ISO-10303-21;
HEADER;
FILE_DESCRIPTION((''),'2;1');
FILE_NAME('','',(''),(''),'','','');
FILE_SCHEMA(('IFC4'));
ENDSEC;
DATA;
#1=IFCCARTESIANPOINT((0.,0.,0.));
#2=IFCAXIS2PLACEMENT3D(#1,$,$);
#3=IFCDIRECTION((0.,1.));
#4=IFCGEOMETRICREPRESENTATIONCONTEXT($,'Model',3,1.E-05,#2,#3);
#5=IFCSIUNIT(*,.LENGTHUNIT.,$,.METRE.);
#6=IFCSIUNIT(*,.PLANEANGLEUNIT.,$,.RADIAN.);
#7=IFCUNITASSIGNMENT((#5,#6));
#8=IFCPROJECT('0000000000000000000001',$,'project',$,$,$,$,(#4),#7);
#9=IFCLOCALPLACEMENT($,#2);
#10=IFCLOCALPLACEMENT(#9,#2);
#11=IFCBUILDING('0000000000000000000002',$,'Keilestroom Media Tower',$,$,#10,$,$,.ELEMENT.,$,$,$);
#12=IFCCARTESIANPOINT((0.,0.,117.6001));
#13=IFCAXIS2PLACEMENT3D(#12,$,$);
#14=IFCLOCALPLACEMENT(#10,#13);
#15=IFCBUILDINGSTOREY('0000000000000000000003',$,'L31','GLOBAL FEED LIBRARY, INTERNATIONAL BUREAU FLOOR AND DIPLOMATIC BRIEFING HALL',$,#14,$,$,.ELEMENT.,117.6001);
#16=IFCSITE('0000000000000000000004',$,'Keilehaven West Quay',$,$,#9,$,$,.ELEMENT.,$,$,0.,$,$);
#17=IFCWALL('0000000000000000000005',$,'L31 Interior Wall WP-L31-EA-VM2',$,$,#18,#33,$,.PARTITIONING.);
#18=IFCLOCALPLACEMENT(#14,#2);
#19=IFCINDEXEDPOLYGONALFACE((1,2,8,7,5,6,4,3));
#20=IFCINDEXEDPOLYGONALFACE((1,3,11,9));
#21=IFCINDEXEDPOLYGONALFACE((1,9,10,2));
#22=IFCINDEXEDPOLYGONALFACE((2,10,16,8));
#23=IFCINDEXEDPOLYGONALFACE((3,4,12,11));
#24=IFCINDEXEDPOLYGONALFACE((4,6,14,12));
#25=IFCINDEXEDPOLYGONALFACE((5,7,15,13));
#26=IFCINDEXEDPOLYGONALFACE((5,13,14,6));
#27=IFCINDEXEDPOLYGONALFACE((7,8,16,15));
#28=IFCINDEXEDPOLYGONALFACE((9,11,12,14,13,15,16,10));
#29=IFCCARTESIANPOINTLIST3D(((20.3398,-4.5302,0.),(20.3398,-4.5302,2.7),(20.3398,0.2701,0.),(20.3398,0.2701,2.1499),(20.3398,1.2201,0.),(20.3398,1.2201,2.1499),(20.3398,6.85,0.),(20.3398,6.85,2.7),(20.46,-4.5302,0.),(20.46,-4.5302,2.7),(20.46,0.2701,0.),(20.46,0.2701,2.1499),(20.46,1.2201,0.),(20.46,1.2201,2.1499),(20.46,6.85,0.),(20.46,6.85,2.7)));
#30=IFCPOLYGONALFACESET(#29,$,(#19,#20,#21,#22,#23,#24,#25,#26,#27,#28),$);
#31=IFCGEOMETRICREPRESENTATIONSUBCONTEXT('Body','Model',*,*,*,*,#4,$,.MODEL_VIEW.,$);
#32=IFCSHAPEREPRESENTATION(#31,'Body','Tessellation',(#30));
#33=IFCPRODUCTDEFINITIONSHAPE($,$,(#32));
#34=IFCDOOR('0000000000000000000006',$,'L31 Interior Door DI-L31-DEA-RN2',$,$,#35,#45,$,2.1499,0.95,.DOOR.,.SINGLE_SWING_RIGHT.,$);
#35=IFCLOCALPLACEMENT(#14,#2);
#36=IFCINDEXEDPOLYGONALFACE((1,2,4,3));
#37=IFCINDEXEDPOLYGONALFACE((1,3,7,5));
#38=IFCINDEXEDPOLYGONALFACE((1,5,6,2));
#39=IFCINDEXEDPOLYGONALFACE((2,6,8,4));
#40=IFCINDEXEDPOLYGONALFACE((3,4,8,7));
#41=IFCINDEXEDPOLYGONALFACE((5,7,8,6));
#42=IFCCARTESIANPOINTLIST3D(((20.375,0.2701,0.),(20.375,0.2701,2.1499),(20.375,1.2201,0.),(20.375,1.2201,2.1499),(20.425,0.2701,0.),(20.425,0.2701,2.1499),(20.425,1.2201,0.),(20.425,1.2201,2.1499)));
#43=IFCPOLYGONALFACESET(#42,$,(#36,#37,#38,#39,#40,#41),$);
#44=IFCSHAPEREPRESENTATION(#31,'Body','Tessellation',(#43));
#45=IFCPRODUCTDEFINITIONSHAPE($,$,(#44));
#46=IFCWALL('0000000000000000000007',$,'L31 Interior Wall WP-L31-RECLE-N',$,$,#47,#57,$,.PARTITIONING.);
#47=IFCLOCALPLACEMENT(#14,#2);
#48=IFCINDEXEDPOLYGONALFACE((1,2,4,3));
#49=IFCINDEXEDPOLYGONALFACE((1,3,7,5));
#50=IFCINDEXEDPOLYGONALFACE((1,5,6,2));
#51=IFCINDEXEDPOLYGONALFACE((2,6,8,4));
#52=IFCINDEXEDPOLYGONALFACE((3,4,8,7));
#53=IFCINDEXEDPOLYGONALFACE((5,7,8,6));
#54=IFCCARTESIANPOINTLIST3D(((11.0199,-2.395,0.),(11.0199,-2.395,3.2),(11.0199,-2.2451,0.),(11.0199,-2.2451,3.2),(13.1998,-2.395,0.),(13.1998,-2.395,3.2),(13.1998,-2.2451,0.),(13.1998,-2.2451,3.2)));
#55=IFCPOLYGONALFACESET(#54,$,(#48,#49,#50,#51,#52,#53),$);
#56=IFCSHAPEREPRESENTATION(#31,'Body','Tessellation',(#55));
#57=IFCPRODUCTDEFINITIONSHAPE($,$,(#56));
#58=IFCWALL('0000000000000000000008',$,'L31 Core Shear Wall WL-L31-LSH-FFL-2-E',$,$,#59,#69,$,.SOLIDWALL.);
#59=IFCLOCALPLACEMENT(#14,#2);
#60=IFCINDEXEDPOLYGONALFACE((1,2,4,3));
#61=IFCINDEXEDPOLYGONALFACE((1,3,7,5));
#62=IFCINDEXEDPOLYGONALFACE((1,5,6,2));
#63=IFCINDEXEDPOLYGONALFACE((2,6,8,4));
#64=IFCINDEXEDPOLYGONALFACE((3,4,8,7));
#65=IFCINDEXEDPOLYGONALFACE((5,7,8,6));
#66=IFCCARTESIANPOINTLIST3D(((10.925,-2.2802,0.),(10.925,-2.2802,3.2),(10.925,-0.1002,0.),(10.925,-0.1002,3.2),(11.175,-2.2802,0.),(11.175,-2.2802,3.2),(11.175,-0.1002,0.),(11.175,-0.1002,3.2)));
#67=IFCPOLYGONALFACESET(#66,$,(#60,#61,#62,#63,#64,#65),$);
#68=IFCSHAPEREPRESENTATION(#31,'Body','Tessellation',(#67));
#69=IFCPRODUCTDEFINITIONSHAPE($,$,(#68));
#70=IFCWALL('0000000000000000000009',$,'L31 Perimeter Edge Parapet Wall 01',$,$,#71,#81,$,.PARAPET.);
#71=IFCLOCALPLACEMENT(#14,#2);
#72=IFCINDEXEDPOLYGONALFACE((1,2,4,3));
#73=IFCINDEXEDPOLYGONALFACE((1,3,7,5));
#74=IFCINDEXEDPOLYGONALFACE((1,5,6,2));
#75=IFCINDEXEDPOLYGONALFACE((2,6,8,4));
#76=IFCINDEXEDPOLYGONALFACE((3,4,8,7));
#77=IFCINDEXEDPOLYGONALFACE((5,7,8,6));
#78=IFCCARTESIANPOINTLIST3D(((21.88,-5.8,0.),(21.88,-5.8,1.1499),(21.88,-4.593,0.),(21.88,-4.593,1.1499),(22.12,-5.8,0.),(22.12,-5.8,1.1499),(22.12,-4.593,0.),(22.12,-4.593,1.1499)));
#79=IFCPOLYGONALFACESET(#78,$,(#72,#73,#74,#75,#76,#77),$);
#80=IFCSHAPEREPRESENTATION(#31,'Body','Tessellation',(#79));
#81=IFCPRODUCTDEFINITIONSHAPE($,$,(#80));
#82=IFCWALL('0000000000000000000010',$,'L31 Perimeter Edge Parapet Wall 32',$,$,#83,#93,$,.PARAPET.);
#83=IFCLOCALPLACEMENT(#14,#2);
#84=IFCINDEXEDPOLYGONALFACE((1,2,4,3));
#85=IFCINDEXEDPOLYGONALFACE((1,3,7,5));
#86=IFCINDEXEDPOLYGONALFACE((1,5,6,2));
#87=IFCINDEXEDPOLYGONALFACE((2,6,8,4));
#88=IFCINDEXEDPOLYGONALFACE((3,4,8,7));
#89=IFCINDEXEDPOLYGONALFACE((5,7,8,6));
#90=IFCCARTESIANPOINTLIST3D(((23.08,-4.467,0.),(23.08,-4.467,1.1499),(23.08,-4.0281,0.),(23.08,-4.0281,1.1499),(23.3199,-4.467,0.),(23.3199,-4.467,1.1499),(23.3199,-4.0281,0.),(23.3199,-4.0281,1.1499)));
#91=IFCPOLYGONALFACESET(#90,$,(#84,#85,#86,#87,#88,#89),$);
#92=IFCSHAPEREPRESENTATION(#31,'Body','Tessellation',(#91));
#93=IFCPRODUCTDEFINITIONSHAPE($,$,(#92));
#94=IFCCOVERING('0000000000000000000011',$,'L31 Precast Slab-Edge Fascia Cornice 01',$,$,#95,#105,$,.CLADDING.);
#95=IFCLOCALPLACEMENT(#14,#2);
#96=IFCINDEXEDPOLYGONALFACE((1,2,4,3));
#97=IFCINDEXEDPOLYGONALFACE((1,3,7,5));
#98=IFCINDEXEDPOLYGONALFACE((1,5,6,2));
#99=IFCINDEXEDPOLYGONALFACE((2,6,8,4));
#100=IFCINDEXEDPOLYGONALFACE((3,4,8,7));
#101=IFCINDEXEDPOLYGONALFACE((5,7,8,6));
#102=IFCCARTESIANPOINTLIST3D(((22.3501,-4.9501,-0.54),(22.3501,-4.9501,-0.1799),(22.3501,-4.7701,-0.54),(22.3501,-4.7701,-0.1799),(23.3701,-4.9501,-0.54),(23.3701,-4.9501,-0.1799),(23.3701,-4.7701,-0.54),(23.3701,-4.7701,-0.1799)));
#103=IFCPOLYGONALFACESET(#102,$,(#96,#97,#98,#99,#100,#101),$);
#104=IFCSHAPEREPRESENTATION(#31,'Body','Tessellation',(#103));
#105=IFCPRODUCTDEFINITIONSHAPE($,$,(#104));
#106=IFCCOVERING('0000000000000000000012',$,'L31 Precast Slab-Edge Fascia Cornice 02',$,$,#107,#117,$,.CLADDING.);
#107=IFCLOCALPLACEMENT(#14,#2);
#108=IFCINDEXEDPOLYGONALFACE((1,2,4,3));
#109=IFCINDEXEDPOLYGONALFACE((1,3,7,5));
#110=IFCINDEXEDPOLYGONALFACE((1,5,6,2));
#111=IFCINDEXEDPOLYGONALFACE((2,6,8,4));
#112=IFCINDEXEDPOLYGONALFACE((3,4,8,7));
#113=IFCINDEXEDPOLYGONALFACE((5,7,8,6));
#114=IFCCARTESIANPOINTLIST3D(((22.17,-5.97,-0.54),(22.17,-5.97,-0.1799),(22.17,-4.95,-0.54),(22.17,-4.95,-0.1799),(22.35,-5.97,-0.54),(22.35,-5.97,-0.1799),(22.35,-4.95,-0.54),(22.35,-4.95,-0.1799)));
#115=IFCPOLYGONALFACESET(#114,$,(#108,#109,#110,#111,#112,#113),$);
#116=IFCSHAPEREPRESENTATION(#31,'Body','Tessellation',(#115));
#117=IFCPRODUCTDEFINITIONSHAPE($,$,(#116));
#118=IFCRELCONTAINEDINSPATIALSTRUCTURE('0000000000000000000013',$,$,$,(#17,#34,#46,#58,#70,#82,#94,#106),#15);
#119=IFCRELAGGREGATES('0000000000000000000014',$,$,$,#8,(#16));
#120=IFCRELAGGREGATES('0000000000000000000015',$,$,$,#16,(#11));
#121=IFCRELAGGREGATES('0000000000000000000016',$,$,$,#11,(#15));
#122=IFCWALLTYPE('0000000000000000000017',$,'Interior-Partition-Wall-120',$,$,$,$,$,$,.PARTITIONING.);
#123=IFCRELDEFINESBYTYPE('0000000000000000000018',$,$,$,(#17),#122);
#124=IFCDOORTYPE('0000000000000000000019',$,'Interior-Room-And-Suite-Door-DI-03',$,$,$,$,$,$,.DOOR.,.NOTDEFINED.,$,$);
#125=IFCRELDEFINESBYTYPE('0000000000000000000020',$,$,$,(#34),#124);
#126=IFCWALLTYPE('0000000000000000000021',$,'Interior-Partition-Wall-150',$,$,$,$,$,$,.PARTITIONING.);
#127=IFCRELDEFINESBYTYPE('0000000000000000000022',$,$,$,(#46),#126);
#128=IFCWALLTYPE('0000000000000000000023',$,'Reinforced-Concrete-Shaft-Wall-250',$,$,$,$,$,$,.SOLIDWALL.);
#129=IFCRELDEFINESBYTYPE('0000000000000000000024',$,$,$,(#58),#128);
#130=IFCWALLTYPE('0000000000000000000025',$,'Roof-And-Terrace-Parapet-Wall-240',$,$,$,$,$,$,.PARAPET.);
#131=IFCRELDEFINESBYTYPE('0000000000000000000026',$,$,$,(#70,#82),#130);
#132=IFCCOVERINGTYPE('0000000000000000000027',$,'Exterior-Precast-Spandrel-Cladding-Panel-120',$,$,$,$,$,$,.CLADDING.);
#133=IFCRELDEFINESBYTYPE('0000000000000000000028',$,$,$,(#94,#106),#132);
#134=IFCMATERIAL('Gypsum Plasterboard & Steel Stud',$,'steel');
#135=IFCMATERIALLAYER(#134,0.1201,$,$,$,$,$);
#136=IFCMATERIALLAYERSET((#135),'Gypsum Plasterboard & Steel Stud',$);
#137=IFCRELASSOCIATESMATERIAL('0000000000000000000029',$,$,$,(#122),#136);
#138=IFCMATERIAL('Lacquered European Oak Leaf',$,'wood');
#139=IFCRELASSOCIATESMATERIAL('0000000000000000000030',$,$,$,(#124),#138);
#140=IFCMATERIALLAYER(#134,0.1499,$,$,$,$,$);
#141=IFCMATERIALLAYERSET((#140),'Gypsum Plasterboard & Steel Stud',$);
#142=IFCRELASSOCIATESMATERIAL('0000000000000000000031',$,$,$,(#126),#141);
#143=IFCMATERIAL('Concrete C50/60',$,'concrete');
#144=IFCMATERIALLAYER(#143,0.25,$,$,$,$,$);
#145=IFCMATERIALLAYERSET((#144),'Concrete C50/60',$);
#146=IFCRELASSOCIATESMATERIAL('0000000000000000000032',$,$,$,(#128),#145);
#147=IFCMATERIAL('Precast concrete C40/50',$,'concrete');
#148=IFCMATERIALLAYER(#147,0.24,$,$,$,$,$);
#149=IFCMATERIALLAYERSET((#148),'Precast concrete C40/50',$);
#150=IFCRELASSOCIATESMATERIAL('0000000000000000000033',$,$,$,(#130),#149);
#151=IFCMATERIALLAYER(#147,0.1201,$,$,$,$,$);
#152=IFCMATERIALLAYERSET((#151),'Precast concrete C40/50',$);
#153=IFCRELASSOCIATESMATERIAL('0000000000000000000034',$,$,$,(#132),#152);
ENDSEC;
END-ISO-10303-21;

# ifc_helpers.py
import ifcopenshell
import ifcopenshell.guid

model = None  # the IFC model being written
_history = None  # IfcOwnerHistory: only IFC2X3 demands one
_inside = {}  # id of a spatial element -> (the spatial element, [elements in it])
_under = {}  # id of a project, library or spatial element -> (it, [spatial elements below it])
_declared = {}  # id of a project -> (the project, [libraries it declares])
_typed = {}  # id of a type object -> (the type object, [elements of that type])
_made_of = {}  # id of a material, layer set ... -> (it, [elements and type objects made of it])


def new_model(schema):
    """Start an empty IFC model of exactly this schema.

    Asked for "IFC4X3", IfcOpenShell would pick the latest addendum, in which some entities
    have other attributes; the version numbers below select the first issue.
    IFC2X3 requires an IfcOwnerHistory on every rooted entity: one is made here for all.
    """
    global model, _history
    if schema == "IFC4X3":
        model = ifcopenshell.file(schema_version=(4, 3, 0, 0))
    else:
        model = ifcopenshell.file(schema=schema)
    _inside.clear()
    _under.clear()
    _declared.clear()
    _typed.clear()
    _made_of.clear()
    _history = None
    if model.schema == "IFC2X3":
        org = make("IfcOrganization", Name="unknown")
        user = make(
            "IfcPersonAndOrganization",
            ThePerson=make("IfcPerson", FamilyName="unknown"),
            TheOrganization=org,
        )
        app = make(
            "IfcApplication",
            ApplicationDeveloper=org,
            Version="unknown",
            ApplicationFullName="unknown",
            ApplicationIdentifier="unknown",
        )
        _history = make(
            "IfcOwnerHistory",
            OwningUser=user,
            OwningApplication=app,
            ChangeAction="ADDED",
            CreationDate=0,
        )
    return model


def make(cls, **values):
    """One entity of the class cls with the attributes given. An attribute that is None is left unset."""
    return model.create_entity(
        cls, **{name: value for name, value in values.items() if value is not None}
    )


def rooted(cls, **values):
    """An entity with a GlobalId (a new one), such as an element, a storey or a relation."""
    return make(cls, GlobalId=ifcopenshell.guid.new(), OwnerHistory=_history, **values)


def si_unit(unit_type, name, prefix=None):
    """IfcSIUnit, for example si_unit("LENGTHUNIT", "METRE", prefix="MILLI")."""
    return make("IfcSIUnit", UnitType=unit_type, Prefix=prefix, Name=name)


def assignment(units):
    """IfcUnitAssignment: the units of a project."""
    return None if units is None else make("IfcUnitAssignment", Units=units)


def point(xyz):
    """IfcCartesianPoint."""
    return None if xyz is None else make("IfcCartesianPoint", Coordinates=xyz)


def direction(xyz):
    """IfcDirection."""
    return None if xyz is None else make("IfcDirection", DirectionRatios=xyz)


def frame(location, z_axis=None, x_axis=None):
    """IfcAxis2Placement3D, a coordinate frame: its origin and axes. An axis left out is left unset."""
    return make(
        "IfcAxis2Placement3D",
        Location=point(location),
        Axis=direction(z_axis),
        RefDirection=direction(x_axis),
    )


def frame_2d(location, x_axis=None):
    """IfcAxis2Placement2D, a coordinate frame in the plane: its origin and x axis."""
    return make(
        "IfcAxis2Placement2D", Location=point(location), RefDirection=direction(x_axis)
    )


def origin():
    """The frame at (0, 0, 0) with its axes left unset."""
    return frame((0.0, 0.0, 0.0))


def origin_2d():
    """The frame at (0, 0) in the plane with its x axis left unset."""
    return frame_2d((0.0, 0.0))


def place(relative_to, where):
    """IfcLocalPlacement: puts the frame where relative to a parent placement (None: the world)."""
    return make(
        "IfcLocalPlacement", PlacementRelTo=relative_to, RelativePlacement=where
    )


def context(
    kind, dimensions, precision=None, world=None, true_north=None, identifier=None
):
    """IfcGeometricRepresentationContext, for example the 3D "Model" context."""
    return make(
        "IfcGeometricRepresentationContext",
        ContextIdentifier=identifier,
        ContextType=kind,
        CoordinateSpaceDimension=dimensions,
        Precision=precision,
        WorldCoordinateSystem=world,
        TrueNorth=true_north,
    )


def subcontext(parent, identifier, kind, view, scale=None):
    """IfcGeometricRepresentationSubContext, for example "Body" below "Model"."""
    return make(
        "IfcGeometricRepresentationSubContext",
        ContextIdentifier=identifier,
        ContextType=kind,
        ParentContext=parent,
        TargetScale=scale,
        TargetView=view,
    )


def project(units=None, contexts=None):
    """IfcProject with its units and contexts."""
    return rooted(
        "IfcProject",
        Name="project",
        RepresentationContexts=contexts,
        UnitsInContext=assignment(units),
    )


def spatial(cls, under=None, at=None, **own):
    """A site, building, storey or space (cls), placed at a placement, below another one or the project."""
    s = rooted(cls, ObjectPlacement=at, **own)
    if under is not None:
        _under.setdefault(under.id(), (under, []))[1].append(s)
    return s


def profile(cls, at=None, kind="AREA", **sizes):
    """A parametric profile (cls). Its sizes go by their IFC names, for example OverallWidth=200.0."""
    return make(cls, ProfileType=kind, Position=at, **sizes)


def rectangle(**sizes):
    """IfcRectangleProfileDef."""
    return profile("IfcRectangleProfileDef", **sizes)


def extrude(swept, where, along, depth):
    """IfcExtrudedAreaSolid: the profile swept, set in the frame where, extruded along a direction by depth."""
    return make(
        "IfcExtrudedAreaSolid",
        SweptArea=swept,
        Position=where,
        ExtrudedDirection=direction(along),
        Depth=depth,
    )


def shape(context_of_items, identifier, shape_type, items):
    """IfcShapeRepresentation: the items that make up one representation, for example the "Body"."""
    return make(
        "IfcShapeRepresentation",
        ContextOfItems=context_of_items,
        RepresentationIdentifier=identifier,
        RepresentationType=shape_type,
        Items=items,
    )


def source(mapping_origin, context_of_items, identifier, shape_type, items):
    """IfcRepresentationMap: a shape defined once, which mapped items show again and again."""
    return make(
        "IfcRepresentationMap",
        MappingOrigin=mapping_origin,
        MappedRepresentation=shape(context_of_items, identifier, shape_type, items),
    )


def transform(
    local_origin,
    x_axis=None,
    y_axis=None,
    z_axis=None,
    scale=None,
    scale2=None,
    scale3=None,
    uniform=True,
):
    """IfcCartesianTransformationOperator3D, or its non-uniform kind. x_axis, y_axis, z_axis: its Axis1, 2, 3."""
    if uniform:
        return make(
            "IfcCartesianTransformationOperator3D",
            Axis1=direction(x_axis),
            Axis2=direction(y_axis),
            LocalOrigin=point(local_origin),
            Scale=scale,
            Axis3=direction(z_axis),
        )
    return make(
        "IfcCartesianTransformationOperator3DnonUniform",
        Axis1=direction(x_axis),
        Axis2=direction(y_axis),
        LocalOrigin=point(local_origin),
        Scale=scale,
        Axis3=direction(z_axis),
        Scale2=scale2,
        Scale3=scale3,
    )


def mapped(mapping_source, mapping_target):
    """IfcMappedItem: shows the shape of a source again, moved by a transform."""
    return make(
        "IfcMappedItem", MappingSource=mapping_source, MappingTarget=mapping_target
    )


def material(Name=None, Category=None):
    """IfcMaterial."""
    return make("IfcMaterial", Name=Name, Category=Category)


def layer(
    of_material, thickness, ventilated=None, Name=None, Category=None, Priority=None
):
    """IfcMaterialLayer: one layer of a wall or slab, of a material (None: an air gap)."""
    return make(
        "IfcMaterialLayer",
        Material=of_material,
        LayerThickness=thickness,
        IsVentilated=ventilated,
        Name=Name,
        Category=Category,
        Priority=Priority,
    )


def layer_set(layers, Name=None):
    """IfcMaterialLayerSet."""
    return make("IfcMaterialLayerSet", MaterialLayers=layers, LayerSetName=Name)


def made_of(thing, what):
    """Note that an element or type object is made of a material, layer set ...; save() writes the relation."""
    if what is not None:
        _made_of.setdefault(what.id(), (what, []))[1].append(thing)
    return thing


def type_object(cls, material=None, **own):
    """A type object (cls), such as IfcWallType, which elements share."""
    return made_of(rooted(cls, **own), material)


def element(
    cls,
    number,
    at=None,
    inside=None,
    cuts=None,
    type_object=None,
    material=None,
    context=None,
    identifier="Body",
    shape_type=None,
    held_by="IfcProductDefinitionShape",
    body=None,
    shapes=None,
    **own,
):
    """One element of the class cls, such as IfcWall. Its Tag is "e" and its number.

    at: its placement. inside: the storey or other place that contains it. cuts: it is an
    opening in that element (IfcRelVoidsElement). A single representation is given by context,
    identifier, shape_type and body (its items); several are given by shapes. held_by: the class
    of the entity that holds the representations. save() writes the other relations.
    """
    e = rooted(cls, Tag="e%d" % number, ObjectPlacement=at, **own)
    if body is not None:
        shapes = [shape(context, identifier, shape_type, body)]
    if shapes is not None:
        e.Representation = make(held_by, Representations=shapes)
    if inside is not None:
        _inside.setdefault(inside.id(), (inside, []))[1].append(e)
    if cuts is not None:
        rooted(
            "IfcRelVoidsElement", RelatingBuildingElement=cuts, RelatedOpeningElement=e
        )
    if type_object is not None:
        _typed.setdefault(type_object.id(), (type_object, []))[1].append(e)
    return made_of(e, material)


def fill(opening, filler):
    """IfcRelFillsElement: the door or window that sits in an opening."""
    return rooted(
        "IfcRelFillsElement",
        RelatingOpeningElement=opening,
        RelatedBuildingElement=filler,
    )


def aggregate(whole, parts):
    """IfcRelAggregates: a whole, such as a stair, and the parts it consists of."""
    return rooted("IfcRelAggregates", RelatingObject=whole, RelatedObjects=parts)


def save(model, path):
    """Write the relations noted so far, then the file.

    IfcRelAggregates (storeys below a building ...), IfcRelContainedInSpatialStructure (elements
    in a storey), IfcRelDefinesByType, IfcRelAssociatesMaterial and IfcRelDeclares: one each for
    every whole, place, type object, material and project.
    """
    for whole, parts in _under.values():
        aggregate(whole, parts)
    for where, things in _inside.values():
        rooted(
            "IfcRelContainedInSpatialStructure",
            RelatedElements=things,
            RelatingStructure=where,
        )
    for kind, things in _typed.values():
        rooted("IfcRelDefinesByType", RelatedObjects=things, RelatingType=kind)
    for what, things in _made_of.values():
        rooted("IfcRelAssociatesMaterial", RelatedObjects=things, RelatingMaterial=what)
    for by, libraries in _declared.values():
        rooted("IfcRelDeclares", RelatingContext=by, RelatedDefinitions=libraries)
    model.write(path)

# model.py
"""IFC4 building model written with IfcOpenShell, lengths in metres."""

from ifc_helpers import new_model, si_unit, direction, frame, frame_2d, origin, origin_2d, place, context, subcontext, project, spatial, rectangle, extrude, source, transform, mapped, material, layer, layer_set, type_object, element, fill, save


model = new_model("IFC4")

# Units and contexts
model_context = context("Model", 3, precision=1e-05, world=origin(), true_north=direction((0.0, 1.0)))
body_context = subcontext(model_context, "Body", "Model", "MODEL_VIEW")
ifc_project = project(units=[si_unit("LENGTHUNIT", "METRE"), si_unit("PLANEANGLEUNIT", "RADIAN")], contexts=[model_context])

# Site, building, storey
site_placement = place(None, origin())
site = spatial("IfcSite", under=ifc_project, at=site_placement, Name="Keilehaven West Quay", CompositionType="ELEMENT", RefElevation=0.0)
building_placement = place(site_placement, origin())
building = spatial("IfcBuilding", under=site, at=building_placement, Name="Keilestroom Media Tower", CompositionType="ELEMENT")
storey_placement = place(building_placement, frame((0.0, 0.0, 117.6001)))
storey = spatial("IfcBuildingStorey", under=building, at=storey_placement, Name="L31", Description="GLOBAL FEED LIBRARY, INTERNATIONAL BUREAU FLOOR AND DIPLOMATIC BRIEFING HALL", CompositionType="ELEMENT", Elevation=117.6001)

# Shared definitions
ifc_material_1 = material(Name="Precast concrete C40/50", Category="concrete")

# Wall, opening, door
ifc_material_2 = material(Name="Gypsum Plasterboard & Steel Stud", Category="steel")
ifc_layer_1 = layer(ifc_material_2, 0.1201)
ifc_layer_set_1 = layer_set([ifc_layer_1], Name="Gypsum Plasterboard & Steel Stud")
wall_type_1 = type_object("IfcWallType", Name="Interior-Partition-Wall-120", PredefinedType="PARTITIONING", material=ifc_layer_set_1)
ifc_material_3 = material(Name="Lacquered European Oak Leaf", Category="wood")
door_type = type_object("IfcDoorType", Name="Interior-Room-And-Suite-Door-DI-03", OperationType="NOTDEFINED", PredefinedType="DOOR", material=ifc_material_3)
shared_shape_1 = source(origin(), body_context, "Body", "SweptSolid", [
    extrude(rectangle(XDim=0.95, YDim=2.1499, at=frame_2d((0.4751, 1.075))), frame((0.0, 0.0249, 0.0), z_axis=(0.0, -1.0, 0.0), x_axis=(1.0, 0.0, 0.0)), (0.0, 0.0, 1.0), 0.05),
])
wall_1_placement = place(storey_placement, frame((20.3999, -4.53, 0.0), z_axis=(0.0, 0.0, 1.0), x_axis=(0.0, 1.0, 0.0)))
wall_1 = element("IfcWall", 1, at=wall_1_placement, inside=storey, type_object=wall_type_1, Name="L31 Interior Wall WP-L31-EA-VM2", PredefinedType="PARTITIONING", context=body_context, shape_type="SweptSolid", body=[
    extrude(rectangle(XDim=11.3801, YDim=0.1201, at=frame_2d((5.6899, 0.0))), origin(), (0.0, 0.0, 1.0), 2.7),
])
opening_1_placement = place(wall_1_placement, frame((4.8, 0.0, 0.0)))
opening_1 = element("IfcOpeningElement", 2, at=opening_1_placement, cuts=wall_1, PredefinedType="OPENING", context=body_context, shape_type="SweptSolid", body=[
    extrude(rectangle(XDim=0.95, YDim=2.1499, at=frame_2d((0.4751, 1.075))), frame((0.0, 0.0701, 0.0), z_axis=(0.0, -1.0, 0.0), x_axis=(1.0, 0.0, 0.0)), (0.0, 0.0, 1.0), 0.1401),
])
door_1_placement = place(opening_1_placement, origin())
door_1 = element("IfcDoor", 3, at=door_1_placement, inside=storey, type_object=door_type, Name="L31 Interior Door DI-L31-DEA-RN2", OperationType="SINGLE_SWING_RIGHT", OverallHeight=2.1499, OverallWidth=0.95, PredefinedType="DOOR", context=body_context, shape_type="MappedRepresentation", body=[
    mapped(shared_shape_1, transform((0.0, 0.0, 0.0), x_axis=(1.0, 0.0, 0.0), y_axis=(0.0, 1.0, 0.0), z_axis=(0.0, 0.0, 1.0), scale=1.0)),
])
fill(opening_1, door_1)

# Walls
ifc_layer_2 = layer(ifc_material_2, 0.1499)
ifc_layer_set_2 = layer_set([ifc_layer_2], Name="Gypsum Plasterboard & Steel Stud")
wall_type_2 = type_object("IfcWallType", Name="Interior-Partition-Wall-150", PredefinedType="PARTITIONING", material=ifc_layer_set_2)
wall_2_placement = place(storey_placement, frame((11.02, -2.3201, 0.0), z_axis=(0.0, 0.0, 1.0), x_axis=(1.0, 0.0, 0.0)))
element("IfcWall", 4, at=wall_2_placement, inside=storey, type_object=wall_type_2, Name="L31 Interior Wall WP-L31-RECLE-N", PredefinedType="PARTITIONING", context=body_context, shape_type="SweptSolid", body=[
    extrude(rectangle(XDim=2.1799, YDim=0.1499, at=frame_2d((1.0898, 0.0))), origin(), (0.0, 0.0, 1.0), 3.2),
])
ifc_material_4 = material(Name="Concrete C50/60", Category="concrete")
ifc_layer_3 = layer(ifc_material_4, 0.25)
ifc_layer_set_3 = layer_set([ifc_layer_3], Name="Concrete C50/60")
wall_type_3 = type_object("IfcWallType", Name="Reinforced-Concrete-Shaft-Wall-250", PredefinedType="SOLIDWALL", material=ifc_layer_set_3)
wall_3_placement = place(storey_placement, frame((11.05, -2.28, 0.0), z_axis=(0.0, 0.0, 1.0), x_axis=(0.0, 1.0, 0.0)))
element("IfcWall", 5, at=wall_3_placement, inside=storey, type_object=wall_type_3, Name="L31 Core Shear Wall WL-L31-LSH-FFL-2-E", PredefinedType="SOLIDWALL", context=body_context, shape_type="SweptSolid", body=[
    extrude(rectangle(XDim=2.1799, YDim=0.25, at=frame_2d((1.0898, 0.0))), origin(), (0.0, 0.0, 1.0), 3.2),
])
ifc_layer_4 = layer(ifc_material_1, 0.24)
ifc_layer_set_4 = layer_set([ifc_layer_4], Name="Precast concrete C40/50")
wall_type_4 = type_object("IfcWallType", Name="Roof-And-Terrace-Parapet-Wall-240", PredefinedType="PARAPET", material=ifc_layer_set_4)
wall_4_placement = place(storey_placement, frame((22.0, -4.593, 0.0), z_axis=(0.0, 0.0, 1.0), x_axis=(0.0, -1.0, 0.0)))
element("IfcWall", 6, at=wall_4_placement, inside=storey, type_object=wall_type_4, Name="L31 Perimeter Edge Parapet Wall 01", PredefinedType="PARAPET", context=body_context, shape_type="SweptSolid", body=[
    extrude(rectangle(XDim=1.207, YDim=0.24, at=frame_2d((0.6035, 0.0))), origin(), (0.0, 0.0, 1.0), 1.1499),
])
wall_5_placement = place(storey_placement, frame((23.2, -4.0281, 0.0), z_axis=(0.0, 0.0, 1.0), x_axis=(0.0, -1.0, 0.0)))
element("IfcWall", 7, at=wall_5_placement, inside=storey, type_object=wall_type_4, Name="L31 Perimeter Edge Parapet Wall 32", PredefinedType="PARAPET", context=body_context, shape_type="SweptSolid", body=[
    extrude(rectangle(XDim=0.439, YDim=0.24, at=frame_2d((0.2195, 0.0))), origin(), (0.0, 0.0, 1.0), 1.1499),
])

# Coverings
ifc_layer_5 = layer(ifc_material_1, 0.1201)
ifc_layer_set_5 = layer_set([ifc_layer_5], Name="Precast concrete C40/50")
covering_type = type_object("IfcCoveringType", Name="Exterior-Precast-Spandrel-Cladding-Panel-120", PredefinedType="CLADDING", material=ifc_layer_set_5)
shared_shape_2 = source(origin(), body_context, "Body", "SweptSolid", [
    extrude(rectangle(XDim=1.02, YDim=0.1799, at=origin_2d()), origin(), (0.0, 0.0, 1.0), 0.3601),
])
for number, where, z_axis, x_axis, name in (
    (8, (22.8601, -4.8601, -0.54), (0.0, 0.0, 1.0), (-1.0, 0.0, 0.0), "L31 Precast Slab-Edge Fascia Cornice 01"),
    (9, (22.26, -5.46, -0.54), (0.0, 0.0, 1.0), (0.0, -1.0, 0.0), "L31 Precast Slab-Edge Fascia Cornice 02"),
):
    element("IfcCovering", number, at=place(storey_placement, frame(where, z_axis=z_axis, x_axis=x_axis)), inside=storey, type_object=covering_type, Name=name, PredefinedType="CLADDING", context=body_context, shape_type="MappedRepresentation", body=[
        mapped(shared_shape_2, transform((0.0, 0.0, 0.0), x_axis=(1.0, 0.0, 0.0), y_axis=(0.0, 1.0, 0.0), z_axis=(0.0, 0.0, 1.0), scale=1.0)),
    ])

save(model, "model.ifc")
